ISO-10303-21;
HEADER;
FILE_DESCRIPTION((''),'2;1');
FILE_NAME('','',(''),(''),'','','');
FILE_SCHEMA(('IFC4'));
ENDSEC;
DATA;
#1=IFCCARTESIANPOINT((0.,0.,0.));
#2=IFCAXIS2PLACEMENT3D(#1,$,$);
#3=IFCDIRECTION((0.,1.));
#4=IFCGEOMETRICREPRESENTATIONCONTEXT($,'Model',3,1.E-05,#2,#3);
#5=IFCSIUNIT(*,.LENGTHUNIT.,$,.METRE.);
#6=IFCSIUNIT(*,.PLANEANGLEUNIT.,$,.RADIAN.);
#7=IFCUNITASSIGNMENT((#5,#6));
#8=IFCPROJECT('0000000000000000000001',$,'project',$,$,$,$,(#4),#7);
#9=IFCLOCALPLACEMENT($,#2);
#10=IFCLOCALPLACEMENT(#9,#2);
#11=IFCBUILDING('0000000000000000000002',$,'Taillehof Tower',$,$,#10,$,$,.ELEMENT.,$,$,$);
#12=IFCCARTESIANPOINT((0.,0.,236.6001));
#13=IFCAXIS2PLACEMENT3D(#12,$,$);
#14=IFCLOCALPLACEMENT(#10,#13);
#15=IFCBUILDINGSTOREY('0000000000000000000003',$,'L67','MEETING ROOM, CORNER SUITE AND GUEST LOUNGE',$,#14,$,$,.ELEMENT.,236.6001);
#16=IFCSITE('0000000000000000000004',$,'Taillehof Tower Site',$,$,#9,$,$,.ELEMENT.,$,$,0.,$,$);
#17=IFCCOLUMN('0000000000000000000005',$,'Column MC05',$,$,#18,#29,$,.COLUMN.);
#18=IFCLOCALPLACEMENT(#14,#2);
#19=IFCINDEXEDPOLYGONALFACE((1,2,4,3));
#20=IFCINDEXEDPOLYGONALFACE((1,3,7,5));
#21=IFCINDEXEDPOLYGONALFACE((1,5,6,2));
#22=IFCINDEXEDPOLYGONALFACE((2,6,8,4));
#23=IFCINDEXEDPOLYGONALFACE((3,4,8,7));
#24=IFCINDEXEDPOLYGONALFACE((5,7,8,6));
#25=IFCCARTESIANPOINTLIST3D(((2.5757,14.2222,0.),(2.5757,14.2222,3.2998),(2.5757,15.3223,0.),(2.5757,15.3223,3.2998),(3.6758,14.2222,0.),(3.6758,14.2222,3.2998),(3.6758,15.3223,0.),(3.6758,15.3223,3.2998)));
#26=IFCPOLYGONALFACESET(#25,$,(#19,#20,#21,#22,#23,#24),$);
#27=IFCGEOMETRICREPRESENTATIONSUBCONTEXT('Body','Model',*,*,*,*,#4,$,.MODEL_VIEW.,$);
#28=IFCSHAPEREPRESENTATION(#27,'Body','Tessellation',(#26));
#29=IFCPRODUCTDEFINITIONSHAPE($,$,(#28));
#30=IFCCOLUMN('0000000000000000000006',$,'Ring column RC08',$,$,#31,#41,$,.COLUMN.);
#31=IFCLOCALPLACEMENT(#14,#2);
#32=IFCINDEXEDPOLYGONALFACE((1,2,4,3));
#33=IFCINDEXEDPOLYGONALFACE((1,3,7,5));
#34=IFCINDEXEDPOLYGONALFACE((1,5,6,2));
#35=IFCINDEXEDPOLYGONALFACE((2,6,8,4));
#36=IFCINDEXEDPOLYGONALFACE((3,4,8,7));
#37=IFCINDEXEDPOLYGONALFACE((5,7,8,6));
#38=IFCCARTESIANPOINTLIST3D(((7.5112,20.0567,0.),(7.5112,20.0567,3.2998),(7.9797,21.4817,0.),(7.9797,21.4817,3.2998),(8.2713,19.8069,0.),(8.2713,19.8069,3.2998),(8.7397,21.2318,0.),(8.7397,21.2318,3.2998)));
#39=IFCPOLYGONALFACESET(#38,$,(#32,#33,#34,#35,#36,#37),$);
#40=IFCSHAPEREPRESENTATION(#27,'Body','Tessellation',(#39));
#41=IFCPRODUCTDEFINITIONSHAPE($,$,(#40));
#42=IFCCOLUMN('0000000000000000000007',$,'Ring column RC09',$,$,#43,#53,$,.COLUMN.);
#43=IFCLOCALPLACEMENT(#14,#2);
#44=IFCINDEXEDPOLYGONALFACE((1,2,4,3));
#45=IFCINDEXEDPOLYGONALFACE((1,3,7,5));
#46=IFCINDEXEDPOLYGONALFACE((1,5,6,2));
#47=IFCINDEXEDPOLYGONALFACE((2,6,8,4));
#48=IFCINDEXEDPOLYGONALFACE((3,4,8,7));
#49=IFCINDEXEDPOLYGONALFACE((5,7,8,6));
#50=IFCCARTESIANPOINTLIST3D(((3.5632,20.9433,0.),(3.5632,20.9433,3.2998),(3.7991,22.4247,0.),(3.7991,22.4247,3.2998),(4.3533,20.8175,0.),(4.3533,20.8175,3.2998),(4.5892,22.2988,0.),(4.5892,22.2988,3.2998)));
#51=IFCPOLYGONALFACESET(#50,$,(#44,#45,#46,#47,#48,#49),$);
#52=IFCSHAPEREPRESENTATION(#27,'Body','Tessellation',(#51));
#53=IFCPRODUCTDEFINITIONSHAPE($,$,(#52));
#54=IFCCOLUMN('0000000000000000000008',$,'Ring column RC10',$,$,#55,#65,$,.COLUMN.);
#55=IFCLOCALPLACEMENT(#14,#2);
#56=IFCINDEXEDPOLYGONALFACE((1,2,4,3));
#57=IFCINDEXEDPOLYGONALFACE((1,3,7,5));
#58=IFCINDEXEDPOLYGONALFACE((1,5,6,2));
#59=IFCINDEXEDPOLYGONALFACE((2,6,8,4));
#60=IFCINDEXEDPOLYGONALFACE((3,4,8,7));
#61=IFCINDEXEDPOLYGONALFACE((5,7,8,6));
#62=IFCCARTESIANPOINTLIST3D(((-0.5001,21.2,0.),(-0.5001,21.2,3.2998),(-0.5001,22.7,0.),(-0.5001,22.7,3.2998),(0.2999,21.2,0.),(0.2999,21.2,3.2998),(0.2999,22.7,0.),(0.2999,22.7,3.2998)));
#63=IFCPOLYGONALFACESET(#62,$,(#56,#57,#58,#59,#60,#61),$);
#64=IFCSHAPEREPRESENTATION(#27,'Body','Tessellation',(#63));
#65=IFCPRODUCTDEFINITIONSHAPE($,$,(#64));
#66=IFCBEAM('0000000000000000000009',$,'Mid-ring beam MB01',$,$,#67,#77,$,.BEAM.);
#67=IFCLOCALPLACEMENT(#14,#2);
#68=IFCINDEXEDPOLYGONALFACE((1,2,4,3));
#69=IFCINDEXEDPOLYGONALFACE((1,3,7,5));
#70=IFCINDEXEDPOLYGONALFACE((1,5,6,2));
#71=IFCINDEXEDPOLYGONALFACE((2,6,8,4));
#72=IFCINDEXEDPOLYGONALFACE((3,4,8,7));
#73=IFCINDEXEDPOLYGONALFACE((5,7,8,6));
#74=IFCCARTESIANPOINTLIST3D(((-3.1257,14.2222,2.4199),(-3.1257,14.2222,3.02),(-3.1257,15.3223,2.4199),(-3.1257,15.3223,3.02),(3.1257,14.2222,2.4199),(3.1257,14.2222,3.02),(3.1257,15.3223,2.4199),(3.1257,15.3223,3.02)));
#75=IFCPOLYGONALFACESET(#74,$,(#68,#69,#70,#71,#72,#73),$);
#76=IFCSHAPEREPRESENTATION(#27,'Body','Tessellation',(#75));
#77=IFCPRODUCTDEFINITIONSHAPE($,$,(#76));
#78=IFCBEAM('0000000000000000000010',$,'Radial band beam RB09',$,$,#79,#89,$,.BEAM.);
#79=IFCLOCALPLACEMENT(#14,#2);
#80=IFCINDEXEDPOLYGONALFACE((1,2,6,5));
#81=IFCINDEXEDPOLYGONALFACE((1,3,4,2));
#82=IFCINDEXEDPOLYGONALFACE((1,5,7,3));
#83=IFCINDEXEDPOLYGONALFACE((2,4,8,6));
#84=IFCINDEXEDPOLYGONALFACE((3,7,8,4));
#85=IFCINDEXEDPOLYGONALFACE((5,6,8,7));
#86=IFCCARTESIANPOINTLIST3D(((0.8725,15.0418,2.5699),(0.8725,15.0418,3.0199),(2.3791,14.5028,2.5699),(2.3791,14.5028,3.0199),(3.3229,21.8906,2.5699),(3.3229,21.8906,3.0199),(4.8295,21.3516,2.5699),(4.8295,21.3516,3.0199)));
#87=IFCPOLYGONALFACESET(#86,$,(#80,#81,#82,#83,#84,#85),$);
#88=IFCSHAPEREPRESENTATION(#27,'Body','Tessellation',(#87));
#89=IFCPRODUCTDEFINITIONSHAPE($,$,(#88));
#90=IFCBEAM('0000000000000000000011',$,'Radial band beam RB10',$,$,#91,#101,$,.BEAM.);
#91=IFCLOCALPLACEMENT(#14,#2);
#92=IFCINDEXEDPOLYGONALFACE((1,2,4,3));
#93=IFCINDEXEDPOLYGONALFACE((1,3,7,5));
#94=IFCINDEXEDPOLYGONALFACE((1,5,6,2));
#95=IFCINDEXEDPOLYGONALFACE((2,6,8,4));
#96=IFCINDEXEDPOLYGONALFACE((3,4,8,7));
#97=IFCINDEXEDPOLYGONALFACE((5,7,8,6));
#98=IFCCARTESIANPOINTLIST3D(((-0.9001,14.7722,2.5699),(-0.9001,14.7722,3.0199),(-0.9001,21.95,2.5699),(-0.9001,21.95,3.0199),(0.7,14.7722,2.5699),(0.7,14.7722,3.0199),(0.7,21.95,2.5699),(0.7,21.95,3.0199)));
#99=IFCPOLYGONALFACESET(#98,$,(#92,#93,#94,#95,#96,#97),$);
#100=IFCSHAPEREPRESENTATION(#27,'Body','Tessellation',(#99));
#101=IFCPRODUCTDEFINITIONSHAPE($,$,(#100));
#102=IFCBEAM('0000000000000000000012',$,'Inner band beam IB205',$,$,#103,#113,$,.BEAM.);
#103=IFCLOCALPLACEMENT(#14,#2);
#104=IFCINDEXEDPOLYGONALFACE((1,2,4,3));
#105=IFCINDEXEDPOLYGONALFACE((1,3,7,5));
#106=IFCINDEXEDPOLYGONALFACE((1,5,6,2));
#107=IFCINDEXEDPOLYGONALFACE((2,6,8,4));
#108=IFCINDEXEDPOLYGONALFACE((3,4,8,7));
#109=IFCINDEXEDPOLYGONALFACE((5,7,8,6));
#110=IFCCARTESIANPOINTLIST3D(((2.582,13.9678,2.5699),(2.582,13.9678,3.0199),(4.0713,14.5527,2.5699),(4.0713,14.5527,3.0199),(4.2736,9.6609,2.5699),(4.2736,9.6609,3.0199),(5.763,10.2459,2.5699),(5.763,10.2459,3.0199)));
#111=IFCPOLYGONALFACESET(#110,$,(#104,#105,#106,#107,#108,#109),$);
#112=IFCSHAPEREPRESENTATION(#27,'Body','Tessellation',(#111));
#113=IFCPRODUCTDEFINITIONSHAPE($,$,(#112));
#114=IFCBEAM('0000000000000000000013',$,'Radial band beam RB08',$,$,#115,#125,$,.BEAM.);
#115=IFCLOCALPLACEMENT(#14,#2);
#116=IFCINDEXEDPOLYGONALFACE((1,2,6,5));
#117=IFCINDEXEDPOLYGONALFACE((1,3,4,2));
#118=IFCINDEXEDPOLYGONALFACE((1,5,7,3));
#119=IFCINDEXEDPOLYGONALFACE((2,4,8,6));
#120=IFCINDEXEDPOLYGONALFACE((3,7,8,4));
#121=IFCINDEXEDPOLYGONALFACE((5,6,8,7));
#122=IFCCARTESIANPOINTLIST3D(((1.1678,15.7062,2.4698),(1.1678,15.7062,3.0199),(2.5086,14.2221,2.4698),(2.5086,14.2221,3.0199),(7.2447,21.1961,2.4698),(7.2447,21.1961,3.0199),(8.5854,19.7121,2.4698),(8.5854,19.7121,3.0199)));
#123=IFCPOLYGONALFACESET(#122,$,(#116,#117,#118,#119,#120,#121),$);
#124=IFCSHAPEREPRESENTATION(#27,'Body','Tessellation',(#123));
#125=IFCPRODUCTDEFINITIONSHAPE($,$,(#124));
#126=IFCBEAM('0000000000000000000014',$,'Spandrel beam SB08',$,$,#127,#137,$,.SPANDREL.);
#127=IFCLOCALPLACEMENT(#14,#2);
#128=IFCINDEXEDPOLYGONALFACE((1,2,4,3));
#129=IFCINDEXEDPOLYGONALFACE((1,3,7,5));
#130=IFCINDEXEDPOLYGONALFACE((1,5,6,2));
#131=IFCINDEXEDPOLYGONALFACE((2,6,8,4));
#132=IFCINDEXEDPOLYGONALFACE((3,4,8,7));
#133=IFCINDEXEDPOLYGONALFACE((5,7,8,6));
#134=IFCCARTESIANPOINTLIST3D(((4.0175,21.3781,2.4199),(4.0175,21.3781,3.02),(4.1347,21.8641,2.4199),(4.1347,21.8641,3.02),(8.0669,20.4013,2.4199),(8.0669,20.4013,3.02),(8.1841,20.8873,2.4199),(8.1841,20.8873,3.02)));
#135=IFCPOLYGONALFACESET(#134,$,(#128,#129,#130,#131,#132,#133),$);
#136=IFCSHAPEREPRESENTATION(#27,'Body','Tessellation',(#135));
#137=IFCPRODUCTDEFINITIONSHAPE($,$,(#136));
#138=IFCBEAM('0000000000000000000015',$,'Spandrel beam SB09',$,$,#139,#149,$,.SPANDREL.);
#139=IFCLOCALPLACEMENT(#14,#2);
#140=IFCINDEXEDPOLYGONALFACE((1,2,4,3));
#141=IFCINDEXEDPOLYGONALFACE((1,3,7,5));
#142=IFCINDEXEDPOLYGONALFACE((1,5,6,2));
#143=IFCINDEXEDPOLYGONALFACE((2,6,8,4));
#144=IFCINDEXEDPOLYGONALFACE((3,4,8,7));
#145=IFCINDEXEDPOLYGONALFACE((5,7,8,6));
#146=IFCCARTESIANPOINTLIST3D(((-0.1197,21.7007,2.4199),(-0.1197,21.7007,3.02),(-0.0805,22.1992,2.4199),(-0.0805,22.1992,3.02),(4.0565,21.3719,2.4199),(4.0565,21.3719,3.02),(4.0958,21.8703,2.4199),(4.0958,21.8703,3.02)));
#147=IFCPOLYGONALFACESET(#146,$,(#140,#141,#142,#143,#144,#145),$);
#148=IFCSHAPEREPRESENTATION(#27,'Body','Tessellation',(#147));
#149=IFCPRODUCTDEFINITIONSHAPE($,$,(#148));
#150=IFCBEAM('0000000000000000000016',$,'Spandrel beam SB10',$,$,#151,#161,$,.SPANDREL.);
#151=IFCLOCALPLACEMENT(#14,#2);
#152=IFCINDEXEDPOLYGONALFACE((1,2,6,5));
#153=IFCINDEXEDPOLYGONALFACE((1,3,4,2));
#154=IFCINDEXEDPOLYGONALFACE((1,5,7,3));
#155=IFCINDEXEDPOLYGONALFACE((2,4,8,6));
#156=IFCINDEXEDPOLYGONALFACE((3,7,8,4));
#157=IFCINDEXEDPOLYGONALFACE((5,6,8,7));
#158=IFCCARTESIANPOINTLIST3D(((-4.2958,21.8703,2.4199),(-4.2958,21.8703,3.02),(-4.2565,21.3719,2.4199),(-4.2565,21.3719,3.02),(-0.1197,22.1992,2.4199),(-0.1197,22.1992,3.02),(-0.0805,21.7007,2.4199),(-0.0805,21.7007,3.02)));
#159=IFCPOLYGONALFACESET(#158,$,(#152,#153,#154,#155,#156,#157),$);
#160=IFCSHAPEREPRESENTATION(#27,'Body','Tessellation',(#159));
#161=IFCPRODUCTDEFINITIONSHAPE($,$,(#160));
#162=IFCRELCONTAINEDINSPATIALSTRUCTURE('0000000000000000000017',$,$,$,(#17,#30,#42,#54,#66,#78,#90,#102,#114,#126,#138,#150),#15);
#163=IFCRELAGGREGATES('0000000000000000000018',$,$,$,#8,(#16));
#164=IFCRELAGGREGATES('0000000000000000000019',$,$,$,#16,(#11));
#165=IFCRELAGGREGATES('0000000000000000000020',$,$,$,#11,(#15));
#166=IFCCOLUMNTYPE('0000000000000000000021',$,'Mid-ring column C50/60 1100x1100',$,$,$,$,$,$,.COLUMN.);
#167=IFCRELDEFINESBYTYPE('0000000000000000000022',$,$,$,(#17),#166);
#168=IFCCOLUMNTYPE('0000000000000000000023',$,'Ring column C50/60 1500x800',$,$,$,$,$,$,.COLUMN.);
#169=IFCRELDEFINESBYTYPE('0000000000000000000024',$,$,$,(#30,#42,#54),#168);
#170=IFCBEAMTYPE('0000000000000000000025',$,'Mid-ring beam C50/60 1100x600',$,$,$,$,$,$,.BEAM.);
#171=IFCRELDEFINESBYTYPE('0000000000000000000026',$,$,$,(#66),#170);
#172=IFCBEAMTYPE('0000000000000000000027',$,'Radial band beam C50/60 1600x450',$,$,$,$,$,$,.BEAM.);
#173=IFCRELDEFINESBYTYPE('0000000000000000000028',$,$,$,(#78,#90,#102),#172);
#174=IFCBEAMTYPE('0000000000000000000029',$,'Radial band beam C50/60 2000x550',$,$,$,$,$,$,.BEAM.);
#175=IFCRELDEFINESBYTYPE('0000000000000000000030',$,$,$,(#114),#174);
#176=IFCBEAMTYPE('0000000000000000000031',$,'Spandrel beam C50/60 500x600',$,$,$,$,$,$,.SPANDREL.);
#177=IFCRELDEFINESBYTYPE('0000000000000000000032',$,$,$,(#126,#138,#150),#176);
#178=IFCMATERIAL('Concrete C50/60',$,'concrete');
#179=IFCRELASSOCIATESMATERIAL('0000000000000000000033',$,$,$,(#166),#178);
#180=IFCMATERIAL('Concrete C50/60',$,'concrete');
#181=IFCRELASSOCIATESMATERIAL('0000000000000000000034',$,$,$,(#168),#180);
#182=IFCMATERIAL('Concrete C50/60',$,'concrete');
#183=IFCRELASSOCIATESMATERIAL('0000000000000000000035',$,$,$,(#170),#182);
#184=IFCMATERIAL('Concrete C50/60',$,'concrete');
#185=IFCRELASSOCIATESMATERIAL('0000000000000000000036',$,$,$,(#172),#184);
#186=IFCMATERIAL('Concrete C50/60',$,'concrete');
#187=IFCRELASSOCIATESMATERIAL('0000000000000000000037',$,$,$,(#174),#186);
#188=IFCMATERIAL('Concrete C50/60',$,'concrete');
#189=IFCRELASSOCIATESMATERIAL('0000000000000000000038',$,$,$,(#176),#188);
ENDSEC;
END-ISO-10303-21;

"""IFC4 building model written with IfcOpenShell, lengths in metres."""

from ifc_helpers import new_model, si_unit, direction, frame, origin, origin_2d, place, context, subcontext, project, spatial, rectangle, extrude, material, material_profile, profile_set, type_object, element, save


model = new_model("IFC4")

# Units and contexts
model_context = context("Model", 3, precision=1e-05, world=origin(), true_north=direction((0.0, 1.0)))
body_context = subcontext(model_context, "Body", "Model", "MODEL_VIEW")
ifc_project = project(units=[si_unit("LENGTHUNIT", "METRE"), si_unit("PLANEANGLEUNIT", "RADIAN")], contexts=[model_context])

# Site, building, storey
site_placement = place(None, origin())
site = spatial("IfcSite", under=ifc_project, at=site_placement, Name="Taillehof Tower Site", CompositionType="ELEMENT", RefElevation=0.0)
building_placement = place(site_placement, origin())
building = spatial("IfcBuilding", under=site, at=building_placement, Name="Taillehof Tower", CompositionType="ELEMENT")
storey_placement = place(building_placement, frame((0.0, 0.0, 236.6001)))
storey = spatial("IfcBuildingStorey", under=building, at=storey_placement, Name="L67", Description="MEETING ROOM, CORNER SUITE AND GUEST LOUNGE", CompositionType="ELEMENT", Elevation=236.6001)

# Columns
ifc_material_1 = material(Name="Concrete C50/60", Category="concrete")
ifc_material_profile_1 = material_profile(ifc_material_1, rectangle(XDim=1.1001, YDim=1.1001, at=origin_2d()), Name="RC 1100x1100")
ifc_profile_set_1 = profile_set([ifc_material_profile_1], Name="Concrete C50/60")
column_type_1 = type_object("IfcColumnType", Name="Mid-ring column C50/60 1100x1100", PredefinedType="COLUMN", material=ifc_profile_set_1)
column_placement = place(storey_placement, frame((3.1257, 14.7722, 0.0), z_axis=(0.0, 0.0, 1.0), x_axis=(1.0, 0.0, 0.0)))
element("IfcColumn", 1, at=column_placement, inside=storey, type_object=column_type_1, Name="Column MC05", PredefinedType="COLUMN", context=body_context, shape_type="SweptSolid", body=[
    extrude(rectangle(XDim=1.1001, YDim=1.1001, at=origin_2d()), origin(), (0.0, 0.0, 1.0), 3.2998),
])
ifc_material_2 = material(Name="Concrete C50/60", Category="concrete")
ifc_material_profile_2 = material_profile(ifc_material_2, rectangle(XDim=1.5, YDim=0.8, at=origin_2d()), Name="RC 1500x800")
ifc_profile_set_2 = profile_set([ifc_material_profile_2], Name="Concrete C50/60")
column_type_2 = type_object("IfcColumnType", Name="Ring column C50/60 1500x800", PredefinedType="COLUMN", material=ifc_profile_set_2)
for number, where, z_axis, x_axis, name in (
    (2, (8.1255, 20.6443, 0.0), (0.0, 0.0, 1.0), (0.312304, 0.949982, 0.0), "Ring column RC08"),
    (3, (4.0762, 21.6211, 0.0), (0.0, 0.0, 1.0), (0.157281, 0.987554, 0.0), "Ring column RC09"),
    (4, (-0.1001, 21.95, 0.0), (0.0, 0.0, 1.0), (0.0, 1.0, 0.0), "Ring column RC10"),
):
    element("IfcColumn", number, at=place(storey_placement, frame(where, z_axis=z_axis, x_axis=x_axis)), inside=storey, type_object=column_type_2, Name=name, PredefinedType="COLUMN", context=body_context, shape_type="SweptSolid", body=[
        extrude(rectangle(XDim=1.5, YDim=0.8, at=origin_2d()), origin(), (0.0, 0.0, 1.0), 3.2998),
    ])

# Beams
ifc_material_3 = material(Name="Concrete C50/60", Category="concrete")
ifc_material_profile_3 = material_profile(ifc_material_3, rectangle(XDim=1.1001, YDim=0.6001, at=origin_2d()), Name="RC 1100x600")
ifc_profile_set_3 = profile_set([ifc_material_profile_3], Name="Concrete C50/60")
beam_type_1 = type_object("IfcBeamType", Name="Mid-ring beam C50/60 1100x600", PredefinedType="BEAM", material=ifc_profile_set_3)
beam_1_placement = place(storey_placement, frame((3.1257, 14.7722, 2.72), z_axis=(-1.0, 0.0, 0.0), x_axis=(0.0, -1.0, 0.0)))
element("IfcBeam", 5, at=beam_1_placement, inside=storey, type_object=beam_type_1, Name="Mid-ring beam MB01", PredefinedType="BEAM", context=body_context, shape_type="SweptSolid", body=[
    extrude(rectangle(XDim=1.1001, YDim=0.6001, at=origin_2d()), origin(), (0.0, 0.0, 1.0), 6.2515),
])
ifc_material_4 = material(Name="Concrete C50/60", Category="concrete")
ifc_material_profile_4 = material_profile(ifc_material_4, rectangle(XDim=1.6001, YDim=0.45, at=origin_2d()), Name="RC 1600x450")
ifc_profile_set_4 = profile_set([ifc_material_profile_4], Name="Concrete C50/60")
beam_type_2 = type_object("IfcBeamType", Name="Radial band beam C50/60 1600x450", PredefinedType="BEAM", material=ifc_profile_set_4)
beam_2_placement = place(storey_placement, frame((4.0762, 21.6211, 2.7949), z_axis=(-0.336874, -0.94155, 0.0), x_axis=(0.94155, -0.336874, 0.0)))
element("IfcBeam", 6, at=beam_2_placement, inside=storey, type_object=beam_type_2, Name="Radial band beam RB09", PredefinedType="BEAM", context=body_context, shape_type="SweptSolid", body=[
    extrude(rectangle(XDim=1.6001, YDim=0.45, at=origin_2d()), origin(), (0.0, 0.0, 1.0), 7.2739),
])
beam_3_placement = place(storey_placement, frame((-0.1001, 21.95, 2.7949), z_axis=(0.0, -1.0, 0.0), x_axis=(1.0, 0.0, 0.0)))
element("IfcBeam", 7, at=beam_3_placement, inside=storey, type_object=beam_type_2, Name="Radial band beam RB10", PredefinedType="BEAM", context=body_context, shape_type="SweptSolid", body=[
    extrude(rectangle(XDim=1.6001, YDim=0.45, at=origin_2d()), origin(), (0.0, 0.0, 1.0), 7.1777),
])
beam_4_placement = place(storey_placement, frame((3.3267, 14.2603, 2.7949), z_axis=(0.365589, -0.930777, 0.0), x_axis=(0.930777, 0.365589, 0.0)))
element("IfcBeam", 8, at=beam_4_placement, inside=storey, type_object=beam_type_2, Name="Inner band beam IB205", PredefinedType="BEAM", context=body_context, shape_type="SweptSolid", body=[
    extrude(rectangle(XDim=1.6001, YDim=0.45, at=origin_2d()), origin(), (0.0, 0.0, 1.0), 4.6272),
])
ifc_material_5 = material(Name="Concrete C50/60", Category="concrete")
ifc_material_profile_5 = material_profile(ifc_material_5, rectangle(XDim=2.0, YDim=0.55, at=origin_2d()), Name="RC 2000x550")
ifc_profile_set_5 = profile_set([ifc_material_profile_5], Name="Concrete C50/60")
beam_type_3 = type_object("IfcBeamType", Name="Radial band beam C50/60 2000x550", PredefinedType="BEAM", material=ifc_profile_set_5)
beam_5_placement = place(storey_placement, frame((7.915, 20.4541, 2.7449), z_axis=(-0.742031, -0.670365, 0.0), x_axis=(0.670365, -0.742031, 0.0)))
element("IfcBeam", 9, at=beam_5_placement, inside=storey, type_object=beam_type_3, Name="Radial band beam RB08", PredefinedType="BEAM", context=body_context, shape_type="SweptSolid", body=[
    extrude(rectangle(XDim=2.0, YDim=0.55, at=origin_2d()), origin(), (0.0, 0.0, 1.0), 8.1895),
])
ifc_material_6 = material(Name="Concrete C50/60", Category="concrete")
ifc_material_profile_6 = material_profile(ifc_material_6, rectangle(XDim=0.5, YDim=0.6001, at=origin_2d()), Name="RC 500x600")
ifc_profile_set_6 = profile_set([ifc_material_profile_6], Name="Concrete C50/60")
beam_type_4 = type_object("IfcBeamType", Name="Spandrel beam C50/60 500x600", PredefinedType="SPANDREL", material=ifc_profile_set_6)
beam_6_placement = place(storey_placement, frame((8.1255, 20.6443, 2.72), z_axis=(-0.972116, 0.234501, 0.0), x_axis=(-0.234501, -0.972116, 0.0)))
element("IfcBeam", 10, at=beam_6_placement, inside=storey, type_object=beam_type_4, Name="Spandrel beam SB08", PredefinedType="SPANDREL", context=body_context, shape_type="SweptSolid", body=[
    extrude(rectangle(XDim=0.5, YDim=0.6001, at=origin_2d()), origin(), (0.0, 0.0, 1.0), 4.1655),
])
beam_7_placement = place(storey_placement, frame((4.0762, 21.6211, 2.72), z_axis=(-0.996914, 0.078501, 0.0), x_axis=(-0.078501, -0.996914, 0.0)))
element("IfcBeam", 11, at=beam_7_placement, inside=storey, type_object=beam_type_4, Name="Spandrel beam SB09", PredefinedType="SPANDREL", context=body_context, shape_type="SweptSolid", body=[
    extrude(rectangle(XDim=0.5, YDim=0.6001, at=origin_2d()), origin(), (0.0, 0.0, 1.0), 4.1892),
])
beam_8_placement = place(storey_placement, frame((-0.1001, 21.95, 2.72), z_axis=(-0.996914, -0.078506, 0.0), x_axis=(0.078506, -0.996914, 0.0)))
element("IfcBeam", 12, at=beam_8_placement, inside=storey, type_object=beam_type_4, Name="Spandrel beam SB10", PredefinedType="SPANDREL", context=body_context, shape_type="SweptSolid", body=[
    extrude(rectangle(XDim=0.5, YDim=0.6001, at=origin_2d()), origin(), (0.0, 0.0, 1.0), 4.189),
])

save(model, "model.ifc")
